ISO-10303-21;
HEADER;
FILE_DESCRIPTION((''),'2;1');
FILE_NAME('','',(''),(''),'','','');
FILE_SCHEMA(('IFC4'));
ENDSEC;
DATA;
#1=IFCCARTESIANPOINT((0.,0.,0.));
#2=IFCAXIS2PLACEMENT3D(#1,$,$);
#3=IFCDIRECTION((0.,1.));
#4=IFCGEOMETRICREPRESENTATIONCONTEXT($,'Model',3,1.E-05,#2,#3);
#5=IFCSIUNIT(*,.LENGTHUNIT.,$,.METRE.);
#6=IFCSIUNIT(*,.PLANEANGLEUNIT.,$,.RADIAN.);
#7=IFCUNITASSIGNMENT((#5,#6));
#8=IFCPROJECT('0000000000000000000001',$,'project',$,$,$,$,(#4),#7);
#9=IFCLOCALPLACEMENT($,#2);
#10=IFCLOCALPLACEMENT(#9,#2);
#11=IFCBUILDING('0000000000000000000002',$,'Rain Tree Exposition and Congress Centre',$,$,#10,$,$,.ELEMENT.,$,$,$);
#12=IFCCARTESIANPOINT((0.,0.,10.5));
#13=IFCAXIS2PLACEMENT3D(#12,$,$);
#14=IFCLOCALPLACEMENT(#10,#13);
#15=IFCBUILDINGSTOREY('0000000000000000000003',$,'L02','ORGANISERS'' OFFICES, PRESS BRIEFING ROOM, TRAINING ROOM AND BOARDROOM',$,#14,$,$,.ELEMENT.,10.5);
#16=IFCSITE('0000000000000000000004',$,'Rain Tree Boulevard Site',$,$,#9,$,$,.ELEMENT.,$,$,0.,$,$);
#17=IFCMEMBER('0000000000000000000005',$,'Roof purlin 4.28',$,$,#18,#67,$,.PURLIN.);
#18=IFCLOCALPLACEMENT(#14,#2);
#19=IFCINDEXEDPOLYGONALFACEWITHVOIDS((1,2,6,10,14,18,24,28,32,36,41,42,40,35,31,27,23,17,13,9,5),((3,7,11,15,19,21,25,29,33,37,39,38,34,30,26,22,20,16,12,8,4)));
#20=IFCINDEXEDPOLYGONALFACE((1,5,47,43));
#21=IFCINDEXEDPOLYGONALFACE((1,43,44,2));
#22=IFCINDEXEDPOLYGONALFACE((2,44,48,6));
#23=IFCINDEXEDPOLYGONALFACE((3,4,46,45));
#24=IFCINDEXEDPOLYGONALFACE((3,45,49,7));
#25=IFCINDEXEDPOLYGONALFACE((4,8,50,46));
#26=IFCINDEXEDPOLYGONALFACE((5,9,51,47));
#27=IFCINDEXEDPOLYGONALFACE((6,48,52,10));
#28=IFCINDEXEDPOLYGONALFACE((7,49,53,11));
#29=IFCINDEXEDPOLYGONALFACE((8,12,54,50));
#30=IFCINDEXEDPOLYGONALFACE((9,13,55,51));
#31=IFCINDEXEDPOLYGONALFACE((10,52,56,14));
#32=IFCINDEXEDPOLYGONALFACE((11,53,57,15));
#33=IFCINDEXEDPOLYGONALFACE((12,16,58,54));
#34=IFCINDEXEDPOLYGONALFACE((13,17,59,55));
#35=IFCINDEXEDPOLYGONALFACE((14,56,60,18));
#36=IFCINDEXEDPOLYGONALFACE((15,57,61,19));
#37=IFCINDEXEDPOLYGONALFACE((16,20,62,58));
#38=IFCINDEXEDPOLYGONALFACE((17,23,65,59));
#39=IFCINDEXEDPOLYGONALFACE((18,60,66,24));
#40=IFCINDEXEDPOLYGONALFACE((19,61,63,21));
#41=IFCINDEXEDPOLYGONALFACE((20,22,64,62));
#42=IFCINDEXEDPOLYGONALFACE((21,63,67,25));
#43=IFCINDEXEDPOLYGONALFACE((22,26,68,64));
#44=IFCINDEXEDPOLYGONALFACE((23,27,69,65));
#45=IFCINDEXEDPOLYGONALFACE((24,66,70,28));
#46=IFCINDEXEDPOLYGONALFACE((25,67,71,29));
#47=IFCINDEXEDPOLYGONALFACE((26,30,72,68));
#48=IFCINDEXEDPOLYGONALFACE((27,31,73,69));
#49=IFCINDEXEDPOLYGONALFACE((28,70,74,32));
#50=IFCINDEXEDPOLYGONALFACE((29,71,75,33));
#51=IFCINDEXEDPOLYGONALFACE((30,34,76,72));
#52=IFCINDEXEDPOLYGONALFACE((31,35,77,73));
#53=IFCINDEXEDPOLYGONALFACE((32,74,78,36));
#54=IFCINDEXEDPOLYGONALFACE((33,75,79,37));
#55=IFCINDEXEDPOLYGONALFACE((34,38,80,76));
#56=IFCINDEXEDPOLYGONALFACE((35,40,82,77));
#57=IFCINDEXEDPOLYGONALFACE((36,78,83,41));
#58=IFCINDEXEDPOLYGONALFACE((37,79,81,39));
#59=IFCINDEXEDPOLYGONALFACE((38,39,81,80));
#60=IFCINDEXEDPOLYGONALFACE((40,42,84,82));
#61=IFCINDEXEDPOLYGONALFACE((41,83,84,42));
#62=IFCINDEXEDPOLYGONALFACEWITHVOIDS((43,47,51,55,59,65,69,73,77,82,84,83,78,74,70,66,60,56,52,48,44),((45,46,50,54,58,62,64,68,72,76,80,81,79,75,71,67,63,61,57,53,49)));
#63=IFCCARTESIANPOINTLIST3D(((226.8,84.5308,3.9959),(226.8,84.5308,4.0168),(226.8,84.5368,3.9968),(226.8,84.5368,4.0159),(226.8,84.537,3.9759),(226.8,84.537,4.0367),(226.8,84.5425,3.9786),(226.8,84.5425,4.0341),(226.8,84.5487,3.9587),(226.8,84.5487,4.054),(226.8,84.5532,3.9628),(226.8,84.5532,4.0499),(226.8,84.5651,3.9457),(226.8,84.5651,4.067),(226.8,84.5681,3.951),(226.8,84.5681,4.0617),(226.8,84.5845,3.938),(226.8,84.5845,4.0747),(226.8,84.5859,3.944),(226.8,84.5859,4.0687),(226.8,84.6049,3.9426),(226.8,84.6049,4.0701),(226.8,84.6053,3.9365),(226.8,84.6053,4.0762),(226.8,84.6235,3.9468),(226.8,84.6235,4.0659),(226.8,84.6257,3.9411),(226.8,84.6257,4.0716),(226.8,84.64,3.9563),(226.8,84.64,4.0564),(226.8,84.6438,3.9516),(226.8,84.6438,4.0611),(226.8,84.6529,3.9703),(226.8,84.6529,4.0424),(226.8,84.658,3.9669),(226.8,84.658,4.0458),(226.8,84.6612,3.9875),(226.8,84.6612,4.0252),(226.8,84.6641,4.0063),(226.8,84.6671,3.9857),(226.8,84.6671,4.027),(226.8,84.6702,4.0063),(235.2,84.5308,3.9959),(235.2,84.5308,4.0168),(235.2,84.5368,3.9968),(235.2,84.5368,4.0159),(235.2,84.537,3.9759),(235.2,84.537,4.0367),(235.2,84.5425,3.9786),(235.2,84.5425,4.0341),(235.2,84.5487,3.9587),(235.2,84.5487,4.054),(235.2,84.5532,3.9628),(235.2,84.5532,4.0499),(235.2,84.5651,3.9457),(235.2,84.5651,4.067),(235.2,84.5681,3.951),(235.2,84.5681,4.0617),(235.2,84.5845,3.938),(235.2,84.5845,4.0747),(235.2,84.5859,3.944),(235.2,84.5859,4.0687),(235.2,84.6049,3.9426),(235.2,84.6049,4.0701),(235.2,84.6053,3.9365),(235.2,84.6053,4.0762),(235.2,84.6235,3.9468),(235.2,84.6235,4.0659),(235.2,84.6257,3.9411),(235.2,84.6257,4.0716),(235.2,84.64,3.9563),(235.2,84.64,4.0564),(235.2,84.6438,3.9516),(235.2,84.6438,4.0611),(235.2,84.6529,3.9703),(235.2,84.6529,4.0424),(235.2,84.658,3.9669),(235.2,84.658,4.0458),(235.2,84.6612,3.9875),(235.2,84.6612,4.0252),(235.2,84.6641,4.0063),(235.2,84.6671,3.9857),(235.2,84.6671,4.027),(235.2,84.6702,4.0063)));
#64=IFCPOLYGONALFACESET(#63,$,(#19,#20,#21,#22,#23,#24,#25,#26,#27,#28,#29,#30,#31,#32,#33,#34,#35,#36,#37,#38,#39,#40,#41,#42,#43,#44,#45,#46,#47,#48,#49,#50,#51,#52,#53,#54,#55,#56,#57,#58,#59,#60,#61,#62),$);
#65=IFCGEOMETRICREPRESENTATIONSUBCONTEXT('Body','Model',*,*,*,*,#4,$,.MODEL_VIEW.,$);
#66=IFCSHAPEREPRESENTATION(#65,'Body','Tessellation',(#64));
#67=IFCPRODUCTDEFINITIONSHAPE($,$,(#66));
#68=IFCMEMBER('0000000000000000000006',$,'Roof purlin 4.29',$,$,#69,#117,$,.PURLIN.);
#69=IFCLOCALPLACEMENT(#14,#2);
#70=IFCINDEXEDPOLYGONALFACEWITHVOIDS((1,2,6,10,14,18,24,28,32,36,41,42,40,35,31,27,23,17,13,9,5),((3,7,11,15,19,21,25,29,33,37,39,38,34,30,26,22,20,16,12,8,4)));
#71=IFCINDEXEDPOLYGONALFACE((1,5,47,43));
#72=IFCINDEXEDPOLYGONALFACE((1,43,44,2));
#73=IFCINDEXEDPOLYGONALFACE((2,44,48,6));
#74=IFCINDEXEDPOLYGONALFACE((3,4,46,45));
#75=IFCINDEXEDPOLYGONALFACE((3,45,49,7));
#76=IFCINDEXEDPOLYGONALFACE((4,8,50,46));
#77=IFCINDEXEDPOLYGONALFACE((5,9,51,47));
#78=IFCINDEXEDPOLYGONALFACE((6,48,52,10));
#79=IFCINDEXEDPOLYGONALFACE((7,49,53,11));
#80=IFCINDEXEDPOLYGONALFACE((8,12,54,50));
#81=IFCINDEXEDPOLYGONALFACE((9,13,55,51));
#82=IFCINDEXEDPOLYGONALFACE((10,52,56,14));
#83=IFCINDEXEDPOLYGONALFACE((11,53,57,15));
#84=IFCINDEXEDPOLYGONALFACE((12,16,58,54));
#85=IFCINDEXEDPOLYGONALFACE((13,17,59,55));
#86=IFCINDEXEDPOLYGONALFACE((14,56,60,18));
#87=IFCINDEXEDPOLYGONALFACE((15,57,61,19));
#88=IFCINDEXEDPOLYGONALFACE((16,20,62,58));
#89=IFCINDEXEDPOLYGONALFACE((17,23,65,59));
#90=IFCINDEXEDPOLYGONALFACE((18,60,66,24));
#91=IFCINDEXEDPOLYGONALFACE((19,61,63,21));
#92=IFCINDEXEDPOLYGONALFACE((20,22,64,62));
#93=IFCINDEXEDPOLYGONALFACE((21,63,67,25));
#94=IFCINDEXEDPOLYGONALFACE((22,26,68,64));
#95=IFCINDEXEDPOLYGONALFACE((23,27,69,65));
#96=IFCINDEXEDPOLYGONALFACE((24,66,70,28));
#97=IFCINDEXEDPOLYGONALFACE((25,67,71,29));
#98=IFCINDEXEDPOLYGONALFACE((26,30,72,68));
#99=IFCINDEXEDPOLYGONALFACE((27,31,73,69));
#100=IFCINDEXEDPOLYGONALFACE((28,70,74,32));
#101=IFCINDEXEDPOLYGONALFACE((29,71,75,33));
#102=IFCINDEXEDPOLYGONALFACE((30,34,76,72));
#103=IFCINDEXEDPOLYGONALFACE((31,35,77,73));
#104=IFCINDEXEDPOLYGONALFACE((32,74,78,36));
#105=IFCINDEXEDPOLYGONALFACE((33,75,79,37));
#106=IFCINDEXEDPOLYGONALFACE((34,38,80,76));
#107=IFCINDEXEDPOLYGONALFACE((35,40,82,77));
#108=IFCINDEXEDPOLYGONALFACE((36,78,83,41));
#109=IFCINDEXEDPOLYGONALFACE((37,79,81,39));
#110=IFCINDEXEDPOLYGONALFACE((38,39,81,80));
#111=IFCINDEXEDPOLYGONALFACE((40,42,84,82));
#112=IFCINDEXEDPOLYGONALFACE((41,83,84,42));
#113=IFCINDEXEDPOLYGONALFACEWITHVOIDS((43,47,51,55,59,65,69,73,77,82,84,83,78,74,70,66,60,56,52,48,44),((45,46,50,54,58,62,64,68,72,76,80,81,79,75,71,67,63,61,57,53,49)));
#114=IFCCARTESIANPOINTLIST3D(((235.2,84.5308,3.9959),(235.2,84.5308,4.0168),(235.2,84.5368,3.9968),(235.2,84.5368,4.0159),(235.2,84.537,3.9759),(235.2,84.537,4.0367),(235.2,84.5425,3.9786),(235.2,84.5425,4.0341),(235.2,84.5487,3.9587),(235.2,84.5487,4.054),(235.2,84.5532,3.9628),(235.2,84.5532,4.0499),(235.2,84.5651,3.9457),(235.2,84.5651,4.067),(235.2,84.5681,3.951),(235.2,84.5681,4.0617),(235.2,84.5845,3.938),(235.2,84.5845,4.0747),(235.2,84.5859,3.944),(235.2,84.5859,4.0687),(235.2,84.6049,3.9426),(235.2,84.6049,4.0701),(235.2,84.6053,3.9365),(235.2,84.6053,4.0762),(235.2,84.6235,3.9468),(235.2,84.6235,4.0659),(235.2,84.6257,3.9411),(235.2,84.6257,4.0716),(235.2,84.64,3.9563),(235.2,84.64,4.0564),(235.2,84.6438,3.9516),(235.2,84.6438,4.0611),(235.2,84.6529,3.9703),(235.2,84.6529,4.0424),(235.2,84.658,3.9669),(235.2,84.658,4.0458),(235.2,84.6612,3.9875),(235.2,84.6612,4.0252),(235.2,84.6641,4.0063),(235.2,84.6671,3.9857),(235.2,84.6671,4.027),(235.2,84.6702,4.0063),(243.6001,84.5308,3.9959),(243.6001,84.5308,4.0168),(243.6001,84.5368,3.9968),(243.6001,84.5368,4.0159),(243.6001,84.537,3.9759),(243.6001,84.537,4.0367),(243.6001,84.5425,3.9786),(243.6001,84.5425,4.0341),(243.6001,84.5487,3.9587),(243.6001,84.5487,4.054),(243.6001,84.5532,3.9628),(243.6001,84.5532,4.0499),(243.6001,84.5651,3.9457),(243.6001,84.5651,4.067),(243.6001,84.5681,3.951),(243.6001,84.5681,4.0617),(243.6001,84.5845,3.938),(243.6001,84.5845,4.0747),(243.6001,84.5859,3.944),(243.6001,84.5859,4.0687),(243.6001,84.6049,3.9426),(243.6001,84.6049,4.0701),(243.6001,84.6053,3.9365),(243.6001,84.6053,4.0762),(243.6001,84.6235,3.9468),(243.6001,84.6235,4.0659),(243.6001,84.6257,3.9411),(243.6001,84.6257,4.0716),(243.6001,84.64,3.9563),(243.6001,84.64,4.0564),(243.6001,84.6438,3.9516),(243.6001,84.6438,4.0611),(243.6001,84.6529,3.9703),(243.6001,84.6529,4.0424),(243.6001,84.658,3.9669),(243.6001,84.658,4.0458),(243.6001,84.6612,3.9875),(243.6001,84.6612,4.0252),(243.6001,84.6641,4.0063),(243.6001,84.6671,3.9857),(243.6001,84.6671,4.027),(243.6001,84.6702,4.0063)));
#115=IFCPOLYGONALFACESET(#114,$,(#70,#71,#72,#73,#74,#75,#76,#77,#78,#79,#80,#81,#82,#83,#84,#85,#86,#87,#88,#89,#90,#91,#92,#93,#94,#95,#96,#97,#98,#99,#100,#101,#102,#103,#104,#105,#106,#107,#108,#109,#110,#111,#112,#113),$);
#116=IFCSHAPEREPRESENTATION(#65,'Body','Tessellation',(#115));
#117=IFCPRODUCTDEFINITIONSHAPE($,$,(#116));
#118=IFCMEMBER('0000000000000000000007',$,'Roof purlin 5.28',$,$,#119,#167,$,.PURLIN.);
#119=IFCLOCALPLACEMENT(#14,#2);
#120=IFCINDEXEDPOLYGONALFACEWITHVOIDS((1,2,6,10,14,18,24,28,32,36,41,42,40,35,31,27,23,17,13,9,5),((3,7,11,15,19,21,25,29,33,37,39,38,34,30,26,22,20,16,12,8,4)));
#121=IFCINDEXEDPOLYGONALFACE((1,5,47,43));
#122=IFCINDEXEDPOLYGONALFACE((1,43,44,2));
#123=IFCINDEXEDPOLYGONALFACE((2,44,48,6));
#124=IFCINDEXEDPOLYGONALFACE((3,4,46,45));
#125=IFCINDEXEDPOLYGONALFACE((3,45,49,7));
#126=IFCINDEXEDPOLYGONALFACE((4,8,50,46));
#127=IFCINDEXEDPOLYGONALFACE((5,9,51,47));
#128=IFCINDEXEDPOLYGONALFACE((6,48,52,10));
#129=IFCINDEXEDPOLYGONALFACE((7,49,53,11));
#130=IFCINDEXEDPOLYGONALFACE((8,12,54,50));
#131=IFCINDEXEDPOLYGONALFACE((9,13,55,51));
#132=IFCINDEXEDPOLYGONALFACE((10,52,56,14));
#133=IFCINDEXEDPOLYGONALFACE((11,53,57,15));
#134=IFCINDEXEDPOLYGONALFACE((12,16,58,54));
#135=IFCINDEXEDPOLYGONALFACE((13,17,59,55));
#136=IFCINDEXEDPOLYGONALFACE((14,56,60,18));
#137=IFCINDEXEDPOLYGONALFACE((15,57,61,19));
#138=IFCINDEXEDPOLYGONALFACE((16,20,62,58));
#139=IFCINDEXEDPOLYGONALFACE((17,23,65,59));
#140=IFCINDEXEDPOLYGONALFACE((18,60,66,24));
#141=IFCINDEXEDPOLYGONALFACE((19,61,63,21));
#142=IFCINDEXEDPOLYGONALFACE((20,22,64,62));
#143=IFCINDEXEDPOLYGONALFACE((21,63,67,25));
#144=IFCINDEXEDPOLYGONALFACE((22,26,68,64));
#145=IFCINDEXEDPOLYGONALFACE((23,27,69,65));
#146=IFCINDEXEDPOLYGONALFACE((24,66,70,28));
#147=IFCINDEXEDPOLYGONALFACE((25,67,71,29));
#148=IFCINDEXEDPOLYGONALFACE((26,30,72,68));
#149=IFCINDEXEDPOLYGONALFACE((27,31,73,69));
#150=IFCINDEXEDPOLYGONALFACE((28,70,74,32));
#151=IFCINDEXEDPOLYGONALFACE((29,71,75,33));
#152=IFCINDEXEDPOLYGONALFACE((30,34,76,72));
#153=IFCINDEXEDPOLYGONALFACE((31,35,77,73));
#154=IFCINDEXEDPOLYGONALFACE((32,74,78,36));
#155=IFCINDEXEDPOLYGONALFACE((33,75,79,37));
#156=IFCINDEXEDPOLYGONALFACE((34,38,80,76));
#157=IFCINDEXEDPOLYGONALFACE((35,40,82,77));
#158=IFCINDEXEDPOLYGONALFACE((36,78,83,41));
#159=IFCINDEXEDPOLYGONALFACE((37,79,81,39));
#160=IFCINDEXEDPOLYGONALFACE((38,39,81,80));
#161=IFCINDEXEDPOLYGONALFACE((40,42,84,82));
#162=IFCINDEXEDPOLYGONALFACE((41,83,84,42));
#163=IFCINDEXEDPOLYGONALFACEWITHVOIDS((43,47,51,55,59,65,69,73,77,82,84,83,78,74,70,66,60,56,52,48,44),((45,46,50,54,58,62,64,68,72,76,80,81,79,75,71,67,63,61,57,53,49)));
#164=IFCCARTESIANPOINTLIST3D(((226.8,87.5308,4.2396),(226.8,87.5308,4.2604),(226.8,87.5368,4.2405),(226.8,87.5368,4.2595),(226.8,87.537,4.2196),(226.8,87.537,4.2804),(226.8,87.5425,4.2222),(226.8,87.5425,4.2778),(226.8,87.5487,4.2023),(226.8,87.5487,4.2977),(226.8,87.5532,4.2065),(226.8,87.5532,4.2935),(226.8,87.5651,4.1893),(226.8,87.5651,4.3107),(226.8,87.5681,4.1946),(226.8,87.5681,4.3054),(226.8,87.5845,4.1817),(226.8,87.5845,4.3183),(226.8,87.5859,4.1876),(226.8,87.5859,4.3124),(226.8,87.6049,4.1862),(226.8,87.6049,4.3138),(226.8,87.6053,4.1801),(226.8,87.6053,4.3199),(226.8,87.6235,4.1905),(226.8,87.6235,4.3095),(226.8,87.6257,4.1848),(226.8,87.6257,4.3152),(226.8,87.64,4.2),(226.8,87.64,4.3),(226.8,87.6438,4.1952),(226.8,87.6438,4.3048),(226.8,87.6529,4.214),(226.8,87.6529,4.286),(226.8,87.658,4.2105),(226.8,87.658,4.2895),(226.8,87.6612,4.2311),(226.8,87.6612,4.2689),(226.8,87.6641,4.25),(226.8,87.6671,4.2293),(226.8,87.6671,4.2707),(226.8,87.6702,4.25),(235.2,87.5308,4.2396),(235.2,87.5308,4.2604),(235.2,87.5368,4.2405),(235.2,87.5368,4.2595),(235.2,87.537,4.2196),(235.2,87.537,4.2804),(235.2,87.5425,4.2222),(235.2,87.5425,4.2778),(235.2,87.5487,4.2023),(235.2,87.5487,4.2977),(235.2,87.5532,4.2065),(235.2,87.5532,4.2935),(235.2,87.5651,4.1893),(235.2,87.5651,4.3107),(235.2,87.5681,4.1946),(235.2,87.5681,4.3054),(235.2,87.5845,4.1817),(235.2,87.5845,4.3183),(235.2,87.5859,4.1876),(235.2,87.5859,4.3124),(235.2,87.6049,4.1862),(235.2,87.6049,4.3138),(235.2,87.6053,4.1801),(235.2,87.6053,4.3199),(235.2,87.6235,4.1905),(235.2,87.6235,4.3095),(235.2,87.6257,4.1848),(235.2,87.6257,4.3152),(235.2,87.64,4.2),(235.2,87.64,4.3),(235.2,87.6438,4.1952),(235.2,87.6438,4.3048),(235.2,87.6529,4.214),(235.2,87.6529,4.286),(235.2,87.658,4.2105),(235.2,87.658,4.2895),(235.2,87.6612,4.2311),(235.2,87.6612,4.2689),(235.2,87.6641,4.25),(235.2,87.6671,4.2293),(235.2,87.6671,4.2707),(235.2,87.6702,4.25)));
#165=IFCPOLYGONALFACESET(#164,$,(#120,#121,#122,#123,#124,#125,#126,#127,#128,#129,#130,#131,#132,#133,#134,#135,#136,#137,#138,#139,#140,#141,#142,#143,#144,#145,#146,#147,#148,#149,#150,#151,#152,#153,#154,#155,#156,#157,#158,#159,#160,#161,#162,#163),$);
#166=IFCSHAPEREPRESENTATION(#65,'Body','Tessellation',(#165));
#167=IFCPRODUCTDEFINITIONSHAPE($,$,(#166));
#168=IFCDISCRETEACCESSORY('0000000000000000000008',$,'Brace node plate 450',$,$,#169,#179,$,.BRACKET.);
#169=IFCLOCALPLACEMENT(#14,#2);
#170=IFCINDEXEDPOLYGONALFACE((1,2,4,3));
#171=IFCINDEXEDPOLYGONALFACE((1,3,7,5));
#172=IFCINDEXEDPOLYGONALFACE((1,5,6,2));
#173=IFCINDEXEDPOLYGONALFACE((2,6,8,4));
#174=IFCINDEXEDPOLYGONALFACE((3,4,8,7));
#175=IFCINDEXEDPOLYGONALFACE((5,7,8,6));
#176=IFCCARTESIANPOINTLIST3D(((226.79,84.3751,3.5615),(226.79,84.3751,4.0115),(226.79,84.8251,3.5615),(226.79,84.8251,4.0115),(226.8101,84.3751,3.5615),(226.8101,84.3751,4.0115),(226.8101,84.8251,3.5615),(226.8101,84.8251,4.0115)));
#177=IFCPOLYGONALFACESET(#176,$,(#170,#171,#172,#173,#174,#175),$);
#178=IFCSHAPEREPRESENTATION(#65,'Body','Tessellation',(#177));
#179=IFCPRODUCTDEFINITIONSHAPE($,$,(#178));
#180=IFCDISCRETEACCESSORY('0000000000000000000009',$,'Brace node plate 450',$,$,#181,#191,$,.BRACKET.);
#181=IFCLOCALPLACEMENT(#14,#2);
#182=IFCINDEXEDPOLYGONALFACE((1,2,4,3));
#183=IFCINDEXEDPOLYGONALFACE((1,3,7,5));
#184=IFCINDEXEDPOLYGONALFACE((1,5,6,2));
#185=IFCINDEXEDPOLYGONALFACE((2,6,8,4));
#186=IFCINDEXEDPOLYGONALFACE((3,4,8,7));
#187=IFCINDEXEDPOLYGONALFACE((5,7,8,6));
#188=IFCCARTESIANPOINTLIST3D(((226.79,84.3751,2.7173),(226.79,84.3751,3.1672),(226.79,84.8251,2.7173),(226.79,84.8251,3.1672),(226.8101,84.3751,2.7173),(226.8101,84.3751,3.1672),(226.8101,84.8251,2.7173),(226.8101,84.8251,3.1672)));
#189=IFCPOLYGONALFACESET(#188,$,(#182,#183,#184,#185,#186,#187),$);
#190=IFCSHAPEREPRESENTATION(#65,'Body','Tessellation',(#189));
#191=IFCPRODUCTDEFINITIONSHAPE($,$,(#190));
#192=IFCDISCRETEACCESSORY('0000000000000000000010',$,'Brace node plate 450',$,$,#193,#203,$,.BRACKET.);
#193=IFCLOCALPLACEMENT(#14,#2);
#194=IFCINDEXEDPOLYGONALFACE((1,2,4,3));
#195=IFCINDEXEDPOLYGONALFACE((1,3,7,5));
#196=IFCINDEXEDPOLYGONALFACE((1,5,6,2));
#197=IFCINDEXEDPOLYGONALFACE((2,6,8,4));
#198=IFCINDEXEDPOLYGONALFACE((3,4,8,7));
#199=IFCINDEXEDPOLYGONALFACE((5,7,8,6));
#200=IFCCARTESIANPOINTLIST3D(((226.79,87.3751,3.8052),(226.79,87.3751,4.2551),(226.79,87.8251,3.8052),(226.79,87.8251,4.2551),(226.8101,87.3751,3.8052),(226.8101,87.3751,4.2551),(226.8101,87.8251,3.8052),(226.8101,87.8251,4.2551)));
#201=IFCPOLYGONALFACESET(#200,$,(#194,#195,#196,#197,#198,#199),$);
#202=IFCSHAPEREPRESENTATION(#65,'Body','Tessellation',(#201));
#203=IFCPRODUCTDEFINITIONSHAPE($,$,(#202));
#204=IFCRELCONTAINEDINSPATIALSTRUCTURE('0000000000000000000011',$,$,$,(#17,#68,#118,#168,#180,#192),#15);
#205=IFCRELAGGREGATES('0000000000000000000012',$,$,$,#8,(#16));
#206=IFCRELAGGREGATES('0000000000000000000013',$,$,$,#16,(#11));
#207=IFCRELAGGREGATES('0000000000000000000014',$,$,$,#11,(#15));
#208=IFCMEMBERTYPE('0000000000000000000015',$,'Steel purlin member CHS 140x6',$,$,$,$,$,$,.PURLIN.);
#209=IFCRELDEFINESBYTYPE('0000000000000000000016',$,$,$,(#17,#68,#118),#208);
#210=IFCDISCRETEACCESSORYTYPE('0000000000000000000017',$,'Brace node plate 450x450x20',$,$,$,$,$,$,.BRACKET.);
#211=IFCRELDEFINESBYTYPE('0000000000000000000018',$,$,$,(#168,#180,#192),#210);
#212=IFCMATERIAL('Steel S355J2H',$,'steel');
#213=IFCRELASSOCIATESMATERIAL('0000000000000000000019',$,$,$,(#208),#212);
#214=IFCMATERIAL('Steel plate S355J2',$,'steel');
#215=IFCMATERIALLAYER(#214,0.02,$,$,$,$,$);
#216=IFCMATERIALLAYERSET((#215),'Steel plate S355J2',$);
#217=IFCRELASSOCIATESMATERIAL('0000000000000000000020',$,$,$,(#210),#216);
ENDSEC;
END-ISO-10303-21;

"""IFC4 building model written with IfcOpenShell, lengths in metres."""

from ifc_helpers import new_model, si_unit, direction, frame, origin, origin_2d, place, context, subcontext, project, spatial, rectangle, hollow_circle, extrude, material, layer, layer_set, material_profile, profile_set, type_object, element, save


model = new_model("IFC4")

# Units and contexts
model_context = context("Model", 3, precision=1e-05, world=origin(), true_north=direction((0.0, 1.0)))
body_context = subcontext(model_context, "Body", "Model", "MODEL_VIEW")
ifc_project = project(units=[si_unit("LENGTHUNIT", "METRE"), si_unit("PLANEANGLEUNIT", "RADIAN")], contexts=[model_context])

# Site, building, storey
site_placement = place(None, origin())
site = spatial("IfcSite", under=ifc_project, at=site_placement, Name="Rain Tree Boulevard Site", CompositionType="ELEMENT", RefElevation=0.0)
building_placement = place(site_placement, origin())
building = spatial("IfcBuilding", under=site, at=building_placement, Name="Rain Tree Exposition and Congress Centre", CompositionType="ELEMENT")
storey_placement = place(building_placement, frame((0.0, 0.0, 10.5)))
storey = spatial("IfcBuildingStorey", under=building, at=storey_placement, Name="L02", Description="ORGANISERS' OFFICES, PRESS BRIEFING ROOM, TRAINING ROOM AND BOARDROOM", CompositionType="ELEMENT", Elevation=10.5)

# Members
ifc_material_1 = material(Name="Steel S355J2H", Category="steel")
ifc_material_profile_1 = material_profile(ifc_material_1, hollow_circle(Radius=0.0701, WallThickness=0.0061, at=origin_2d()), Name="CHS 140x6")
ifc_profile_set_1 = profile_set([ifc_material_profile_1], Name="Steel S355J2H")
member_type_1 = type_object("IfcMemberType", Name="Steel purlin member CHS 140x6", PredefinedType="PURLIN", material=ifc_profile_set_1)
member_1_placement = place(storey_placement, frame((226.8, 84.6001, 4.0063), z_axis=(1.0, 0.0, 0.0), x_axis=(0.0, 1.0, 0.0)))
element("IfcMember", 1, at=member_1_placement, inside=storey, type_object=member_type_1, Name="Roof purlin 4.28", PredefinedType="PURLIN", context=body_context, shape_type="SweptSolid", body=[
    extrude(hollow_circle(Radius=0.0701, WallThickness=0.0061, at=origin_2d()), origin(), (0.0, 0.0, 1.0), 8.3999),
])
member_2_placement = place(storey_placement, frame((235.2, 84.6001, 4.0063), z_axis=(1.0, 0.0, 0.0), x_axis=(0.0, 1.0, 0.0)))
element("IfcMember", 2, at=member_2_placement, inside=storey, type_object=member_type_1, Name="Roof purlin 4.29", PredefinedType="PURLIN", context=body_context, shape_type="SweptSolid", body=[
    extrude(hollow_circle(Radius=0.0701, WallThickness=0.0061, at=origin_2d()), origin(), (0.0, 0.0, 1.0), 8.4001),
])
member_3_placement = place(storey_placement, frame((226.8, 87.6001, 4.25), z_axis=(1.0, 0.0, 0.0), x_axis=(0.0, 1.0, 0.0)))
element("IfcMember", 3, at=member_3_placement, inside=storey, type_object=member_type_1, Name="Roof purlin 5.28", PredefinedType="PURLIN", context=body_context, shape_type="SweptSolid", body=[
    extrude(hollow_circle(Radius=0.0701, WallThickness=0.0061, at=origin_2d()), origin(), (0.0, 0.0, 1.0), 8.3999),
])

# Discrete accessories
ifc_material_2 = material(Name="Steel plate S355J2", Category="steel")
ifc_layer = layer(ifc_material_2, 0.02)
ifc_layer_set = layer_set([ifc_layer], Name="Steel plate S355J2")
discrete_accessory_type = type_object("IfcDiscreteAccessoryType", Name="Brace node plate 450x450x20", PredefinedType="BRACKET", material=ifc_layer_set)
for number, where, z_axis, x_axis, name in (
    (4, (226.8, 84.6001, 3.5615), (0.0, 0.0, 1.0), (0.0, -1.0, 0.0), "Brace node plate 450"),
    (5, (226.8, 84.6001, 2.7173), (0.0, 0.0, 1.0), (0.0, 1.0, 0.0), "Brace node plate 450"),
    (6, (226.8, 87.6001, 3.8052), (0.0, 0.0, 1.0), (0.0, 1.0, 0.0), "Brace node plate 450"),
):
    element("IfcDiscreteAccessory", number, at=place(storey_placement, frame(where, z_axis=z_axis, x_axis=x_axis)), inside=storey, type_object=discrete_accessory_type, Name=name, PredefinedType="BRACKET", context=body_context, shape_type="SweptSolid", body=[
        extrude(rectangle(XDim=0.45, YDim=0.02, at=origin_2d()), origin(), (0.0, 0.0, 1.0), 0.45),
    ])

save(model, "model.ifc")
